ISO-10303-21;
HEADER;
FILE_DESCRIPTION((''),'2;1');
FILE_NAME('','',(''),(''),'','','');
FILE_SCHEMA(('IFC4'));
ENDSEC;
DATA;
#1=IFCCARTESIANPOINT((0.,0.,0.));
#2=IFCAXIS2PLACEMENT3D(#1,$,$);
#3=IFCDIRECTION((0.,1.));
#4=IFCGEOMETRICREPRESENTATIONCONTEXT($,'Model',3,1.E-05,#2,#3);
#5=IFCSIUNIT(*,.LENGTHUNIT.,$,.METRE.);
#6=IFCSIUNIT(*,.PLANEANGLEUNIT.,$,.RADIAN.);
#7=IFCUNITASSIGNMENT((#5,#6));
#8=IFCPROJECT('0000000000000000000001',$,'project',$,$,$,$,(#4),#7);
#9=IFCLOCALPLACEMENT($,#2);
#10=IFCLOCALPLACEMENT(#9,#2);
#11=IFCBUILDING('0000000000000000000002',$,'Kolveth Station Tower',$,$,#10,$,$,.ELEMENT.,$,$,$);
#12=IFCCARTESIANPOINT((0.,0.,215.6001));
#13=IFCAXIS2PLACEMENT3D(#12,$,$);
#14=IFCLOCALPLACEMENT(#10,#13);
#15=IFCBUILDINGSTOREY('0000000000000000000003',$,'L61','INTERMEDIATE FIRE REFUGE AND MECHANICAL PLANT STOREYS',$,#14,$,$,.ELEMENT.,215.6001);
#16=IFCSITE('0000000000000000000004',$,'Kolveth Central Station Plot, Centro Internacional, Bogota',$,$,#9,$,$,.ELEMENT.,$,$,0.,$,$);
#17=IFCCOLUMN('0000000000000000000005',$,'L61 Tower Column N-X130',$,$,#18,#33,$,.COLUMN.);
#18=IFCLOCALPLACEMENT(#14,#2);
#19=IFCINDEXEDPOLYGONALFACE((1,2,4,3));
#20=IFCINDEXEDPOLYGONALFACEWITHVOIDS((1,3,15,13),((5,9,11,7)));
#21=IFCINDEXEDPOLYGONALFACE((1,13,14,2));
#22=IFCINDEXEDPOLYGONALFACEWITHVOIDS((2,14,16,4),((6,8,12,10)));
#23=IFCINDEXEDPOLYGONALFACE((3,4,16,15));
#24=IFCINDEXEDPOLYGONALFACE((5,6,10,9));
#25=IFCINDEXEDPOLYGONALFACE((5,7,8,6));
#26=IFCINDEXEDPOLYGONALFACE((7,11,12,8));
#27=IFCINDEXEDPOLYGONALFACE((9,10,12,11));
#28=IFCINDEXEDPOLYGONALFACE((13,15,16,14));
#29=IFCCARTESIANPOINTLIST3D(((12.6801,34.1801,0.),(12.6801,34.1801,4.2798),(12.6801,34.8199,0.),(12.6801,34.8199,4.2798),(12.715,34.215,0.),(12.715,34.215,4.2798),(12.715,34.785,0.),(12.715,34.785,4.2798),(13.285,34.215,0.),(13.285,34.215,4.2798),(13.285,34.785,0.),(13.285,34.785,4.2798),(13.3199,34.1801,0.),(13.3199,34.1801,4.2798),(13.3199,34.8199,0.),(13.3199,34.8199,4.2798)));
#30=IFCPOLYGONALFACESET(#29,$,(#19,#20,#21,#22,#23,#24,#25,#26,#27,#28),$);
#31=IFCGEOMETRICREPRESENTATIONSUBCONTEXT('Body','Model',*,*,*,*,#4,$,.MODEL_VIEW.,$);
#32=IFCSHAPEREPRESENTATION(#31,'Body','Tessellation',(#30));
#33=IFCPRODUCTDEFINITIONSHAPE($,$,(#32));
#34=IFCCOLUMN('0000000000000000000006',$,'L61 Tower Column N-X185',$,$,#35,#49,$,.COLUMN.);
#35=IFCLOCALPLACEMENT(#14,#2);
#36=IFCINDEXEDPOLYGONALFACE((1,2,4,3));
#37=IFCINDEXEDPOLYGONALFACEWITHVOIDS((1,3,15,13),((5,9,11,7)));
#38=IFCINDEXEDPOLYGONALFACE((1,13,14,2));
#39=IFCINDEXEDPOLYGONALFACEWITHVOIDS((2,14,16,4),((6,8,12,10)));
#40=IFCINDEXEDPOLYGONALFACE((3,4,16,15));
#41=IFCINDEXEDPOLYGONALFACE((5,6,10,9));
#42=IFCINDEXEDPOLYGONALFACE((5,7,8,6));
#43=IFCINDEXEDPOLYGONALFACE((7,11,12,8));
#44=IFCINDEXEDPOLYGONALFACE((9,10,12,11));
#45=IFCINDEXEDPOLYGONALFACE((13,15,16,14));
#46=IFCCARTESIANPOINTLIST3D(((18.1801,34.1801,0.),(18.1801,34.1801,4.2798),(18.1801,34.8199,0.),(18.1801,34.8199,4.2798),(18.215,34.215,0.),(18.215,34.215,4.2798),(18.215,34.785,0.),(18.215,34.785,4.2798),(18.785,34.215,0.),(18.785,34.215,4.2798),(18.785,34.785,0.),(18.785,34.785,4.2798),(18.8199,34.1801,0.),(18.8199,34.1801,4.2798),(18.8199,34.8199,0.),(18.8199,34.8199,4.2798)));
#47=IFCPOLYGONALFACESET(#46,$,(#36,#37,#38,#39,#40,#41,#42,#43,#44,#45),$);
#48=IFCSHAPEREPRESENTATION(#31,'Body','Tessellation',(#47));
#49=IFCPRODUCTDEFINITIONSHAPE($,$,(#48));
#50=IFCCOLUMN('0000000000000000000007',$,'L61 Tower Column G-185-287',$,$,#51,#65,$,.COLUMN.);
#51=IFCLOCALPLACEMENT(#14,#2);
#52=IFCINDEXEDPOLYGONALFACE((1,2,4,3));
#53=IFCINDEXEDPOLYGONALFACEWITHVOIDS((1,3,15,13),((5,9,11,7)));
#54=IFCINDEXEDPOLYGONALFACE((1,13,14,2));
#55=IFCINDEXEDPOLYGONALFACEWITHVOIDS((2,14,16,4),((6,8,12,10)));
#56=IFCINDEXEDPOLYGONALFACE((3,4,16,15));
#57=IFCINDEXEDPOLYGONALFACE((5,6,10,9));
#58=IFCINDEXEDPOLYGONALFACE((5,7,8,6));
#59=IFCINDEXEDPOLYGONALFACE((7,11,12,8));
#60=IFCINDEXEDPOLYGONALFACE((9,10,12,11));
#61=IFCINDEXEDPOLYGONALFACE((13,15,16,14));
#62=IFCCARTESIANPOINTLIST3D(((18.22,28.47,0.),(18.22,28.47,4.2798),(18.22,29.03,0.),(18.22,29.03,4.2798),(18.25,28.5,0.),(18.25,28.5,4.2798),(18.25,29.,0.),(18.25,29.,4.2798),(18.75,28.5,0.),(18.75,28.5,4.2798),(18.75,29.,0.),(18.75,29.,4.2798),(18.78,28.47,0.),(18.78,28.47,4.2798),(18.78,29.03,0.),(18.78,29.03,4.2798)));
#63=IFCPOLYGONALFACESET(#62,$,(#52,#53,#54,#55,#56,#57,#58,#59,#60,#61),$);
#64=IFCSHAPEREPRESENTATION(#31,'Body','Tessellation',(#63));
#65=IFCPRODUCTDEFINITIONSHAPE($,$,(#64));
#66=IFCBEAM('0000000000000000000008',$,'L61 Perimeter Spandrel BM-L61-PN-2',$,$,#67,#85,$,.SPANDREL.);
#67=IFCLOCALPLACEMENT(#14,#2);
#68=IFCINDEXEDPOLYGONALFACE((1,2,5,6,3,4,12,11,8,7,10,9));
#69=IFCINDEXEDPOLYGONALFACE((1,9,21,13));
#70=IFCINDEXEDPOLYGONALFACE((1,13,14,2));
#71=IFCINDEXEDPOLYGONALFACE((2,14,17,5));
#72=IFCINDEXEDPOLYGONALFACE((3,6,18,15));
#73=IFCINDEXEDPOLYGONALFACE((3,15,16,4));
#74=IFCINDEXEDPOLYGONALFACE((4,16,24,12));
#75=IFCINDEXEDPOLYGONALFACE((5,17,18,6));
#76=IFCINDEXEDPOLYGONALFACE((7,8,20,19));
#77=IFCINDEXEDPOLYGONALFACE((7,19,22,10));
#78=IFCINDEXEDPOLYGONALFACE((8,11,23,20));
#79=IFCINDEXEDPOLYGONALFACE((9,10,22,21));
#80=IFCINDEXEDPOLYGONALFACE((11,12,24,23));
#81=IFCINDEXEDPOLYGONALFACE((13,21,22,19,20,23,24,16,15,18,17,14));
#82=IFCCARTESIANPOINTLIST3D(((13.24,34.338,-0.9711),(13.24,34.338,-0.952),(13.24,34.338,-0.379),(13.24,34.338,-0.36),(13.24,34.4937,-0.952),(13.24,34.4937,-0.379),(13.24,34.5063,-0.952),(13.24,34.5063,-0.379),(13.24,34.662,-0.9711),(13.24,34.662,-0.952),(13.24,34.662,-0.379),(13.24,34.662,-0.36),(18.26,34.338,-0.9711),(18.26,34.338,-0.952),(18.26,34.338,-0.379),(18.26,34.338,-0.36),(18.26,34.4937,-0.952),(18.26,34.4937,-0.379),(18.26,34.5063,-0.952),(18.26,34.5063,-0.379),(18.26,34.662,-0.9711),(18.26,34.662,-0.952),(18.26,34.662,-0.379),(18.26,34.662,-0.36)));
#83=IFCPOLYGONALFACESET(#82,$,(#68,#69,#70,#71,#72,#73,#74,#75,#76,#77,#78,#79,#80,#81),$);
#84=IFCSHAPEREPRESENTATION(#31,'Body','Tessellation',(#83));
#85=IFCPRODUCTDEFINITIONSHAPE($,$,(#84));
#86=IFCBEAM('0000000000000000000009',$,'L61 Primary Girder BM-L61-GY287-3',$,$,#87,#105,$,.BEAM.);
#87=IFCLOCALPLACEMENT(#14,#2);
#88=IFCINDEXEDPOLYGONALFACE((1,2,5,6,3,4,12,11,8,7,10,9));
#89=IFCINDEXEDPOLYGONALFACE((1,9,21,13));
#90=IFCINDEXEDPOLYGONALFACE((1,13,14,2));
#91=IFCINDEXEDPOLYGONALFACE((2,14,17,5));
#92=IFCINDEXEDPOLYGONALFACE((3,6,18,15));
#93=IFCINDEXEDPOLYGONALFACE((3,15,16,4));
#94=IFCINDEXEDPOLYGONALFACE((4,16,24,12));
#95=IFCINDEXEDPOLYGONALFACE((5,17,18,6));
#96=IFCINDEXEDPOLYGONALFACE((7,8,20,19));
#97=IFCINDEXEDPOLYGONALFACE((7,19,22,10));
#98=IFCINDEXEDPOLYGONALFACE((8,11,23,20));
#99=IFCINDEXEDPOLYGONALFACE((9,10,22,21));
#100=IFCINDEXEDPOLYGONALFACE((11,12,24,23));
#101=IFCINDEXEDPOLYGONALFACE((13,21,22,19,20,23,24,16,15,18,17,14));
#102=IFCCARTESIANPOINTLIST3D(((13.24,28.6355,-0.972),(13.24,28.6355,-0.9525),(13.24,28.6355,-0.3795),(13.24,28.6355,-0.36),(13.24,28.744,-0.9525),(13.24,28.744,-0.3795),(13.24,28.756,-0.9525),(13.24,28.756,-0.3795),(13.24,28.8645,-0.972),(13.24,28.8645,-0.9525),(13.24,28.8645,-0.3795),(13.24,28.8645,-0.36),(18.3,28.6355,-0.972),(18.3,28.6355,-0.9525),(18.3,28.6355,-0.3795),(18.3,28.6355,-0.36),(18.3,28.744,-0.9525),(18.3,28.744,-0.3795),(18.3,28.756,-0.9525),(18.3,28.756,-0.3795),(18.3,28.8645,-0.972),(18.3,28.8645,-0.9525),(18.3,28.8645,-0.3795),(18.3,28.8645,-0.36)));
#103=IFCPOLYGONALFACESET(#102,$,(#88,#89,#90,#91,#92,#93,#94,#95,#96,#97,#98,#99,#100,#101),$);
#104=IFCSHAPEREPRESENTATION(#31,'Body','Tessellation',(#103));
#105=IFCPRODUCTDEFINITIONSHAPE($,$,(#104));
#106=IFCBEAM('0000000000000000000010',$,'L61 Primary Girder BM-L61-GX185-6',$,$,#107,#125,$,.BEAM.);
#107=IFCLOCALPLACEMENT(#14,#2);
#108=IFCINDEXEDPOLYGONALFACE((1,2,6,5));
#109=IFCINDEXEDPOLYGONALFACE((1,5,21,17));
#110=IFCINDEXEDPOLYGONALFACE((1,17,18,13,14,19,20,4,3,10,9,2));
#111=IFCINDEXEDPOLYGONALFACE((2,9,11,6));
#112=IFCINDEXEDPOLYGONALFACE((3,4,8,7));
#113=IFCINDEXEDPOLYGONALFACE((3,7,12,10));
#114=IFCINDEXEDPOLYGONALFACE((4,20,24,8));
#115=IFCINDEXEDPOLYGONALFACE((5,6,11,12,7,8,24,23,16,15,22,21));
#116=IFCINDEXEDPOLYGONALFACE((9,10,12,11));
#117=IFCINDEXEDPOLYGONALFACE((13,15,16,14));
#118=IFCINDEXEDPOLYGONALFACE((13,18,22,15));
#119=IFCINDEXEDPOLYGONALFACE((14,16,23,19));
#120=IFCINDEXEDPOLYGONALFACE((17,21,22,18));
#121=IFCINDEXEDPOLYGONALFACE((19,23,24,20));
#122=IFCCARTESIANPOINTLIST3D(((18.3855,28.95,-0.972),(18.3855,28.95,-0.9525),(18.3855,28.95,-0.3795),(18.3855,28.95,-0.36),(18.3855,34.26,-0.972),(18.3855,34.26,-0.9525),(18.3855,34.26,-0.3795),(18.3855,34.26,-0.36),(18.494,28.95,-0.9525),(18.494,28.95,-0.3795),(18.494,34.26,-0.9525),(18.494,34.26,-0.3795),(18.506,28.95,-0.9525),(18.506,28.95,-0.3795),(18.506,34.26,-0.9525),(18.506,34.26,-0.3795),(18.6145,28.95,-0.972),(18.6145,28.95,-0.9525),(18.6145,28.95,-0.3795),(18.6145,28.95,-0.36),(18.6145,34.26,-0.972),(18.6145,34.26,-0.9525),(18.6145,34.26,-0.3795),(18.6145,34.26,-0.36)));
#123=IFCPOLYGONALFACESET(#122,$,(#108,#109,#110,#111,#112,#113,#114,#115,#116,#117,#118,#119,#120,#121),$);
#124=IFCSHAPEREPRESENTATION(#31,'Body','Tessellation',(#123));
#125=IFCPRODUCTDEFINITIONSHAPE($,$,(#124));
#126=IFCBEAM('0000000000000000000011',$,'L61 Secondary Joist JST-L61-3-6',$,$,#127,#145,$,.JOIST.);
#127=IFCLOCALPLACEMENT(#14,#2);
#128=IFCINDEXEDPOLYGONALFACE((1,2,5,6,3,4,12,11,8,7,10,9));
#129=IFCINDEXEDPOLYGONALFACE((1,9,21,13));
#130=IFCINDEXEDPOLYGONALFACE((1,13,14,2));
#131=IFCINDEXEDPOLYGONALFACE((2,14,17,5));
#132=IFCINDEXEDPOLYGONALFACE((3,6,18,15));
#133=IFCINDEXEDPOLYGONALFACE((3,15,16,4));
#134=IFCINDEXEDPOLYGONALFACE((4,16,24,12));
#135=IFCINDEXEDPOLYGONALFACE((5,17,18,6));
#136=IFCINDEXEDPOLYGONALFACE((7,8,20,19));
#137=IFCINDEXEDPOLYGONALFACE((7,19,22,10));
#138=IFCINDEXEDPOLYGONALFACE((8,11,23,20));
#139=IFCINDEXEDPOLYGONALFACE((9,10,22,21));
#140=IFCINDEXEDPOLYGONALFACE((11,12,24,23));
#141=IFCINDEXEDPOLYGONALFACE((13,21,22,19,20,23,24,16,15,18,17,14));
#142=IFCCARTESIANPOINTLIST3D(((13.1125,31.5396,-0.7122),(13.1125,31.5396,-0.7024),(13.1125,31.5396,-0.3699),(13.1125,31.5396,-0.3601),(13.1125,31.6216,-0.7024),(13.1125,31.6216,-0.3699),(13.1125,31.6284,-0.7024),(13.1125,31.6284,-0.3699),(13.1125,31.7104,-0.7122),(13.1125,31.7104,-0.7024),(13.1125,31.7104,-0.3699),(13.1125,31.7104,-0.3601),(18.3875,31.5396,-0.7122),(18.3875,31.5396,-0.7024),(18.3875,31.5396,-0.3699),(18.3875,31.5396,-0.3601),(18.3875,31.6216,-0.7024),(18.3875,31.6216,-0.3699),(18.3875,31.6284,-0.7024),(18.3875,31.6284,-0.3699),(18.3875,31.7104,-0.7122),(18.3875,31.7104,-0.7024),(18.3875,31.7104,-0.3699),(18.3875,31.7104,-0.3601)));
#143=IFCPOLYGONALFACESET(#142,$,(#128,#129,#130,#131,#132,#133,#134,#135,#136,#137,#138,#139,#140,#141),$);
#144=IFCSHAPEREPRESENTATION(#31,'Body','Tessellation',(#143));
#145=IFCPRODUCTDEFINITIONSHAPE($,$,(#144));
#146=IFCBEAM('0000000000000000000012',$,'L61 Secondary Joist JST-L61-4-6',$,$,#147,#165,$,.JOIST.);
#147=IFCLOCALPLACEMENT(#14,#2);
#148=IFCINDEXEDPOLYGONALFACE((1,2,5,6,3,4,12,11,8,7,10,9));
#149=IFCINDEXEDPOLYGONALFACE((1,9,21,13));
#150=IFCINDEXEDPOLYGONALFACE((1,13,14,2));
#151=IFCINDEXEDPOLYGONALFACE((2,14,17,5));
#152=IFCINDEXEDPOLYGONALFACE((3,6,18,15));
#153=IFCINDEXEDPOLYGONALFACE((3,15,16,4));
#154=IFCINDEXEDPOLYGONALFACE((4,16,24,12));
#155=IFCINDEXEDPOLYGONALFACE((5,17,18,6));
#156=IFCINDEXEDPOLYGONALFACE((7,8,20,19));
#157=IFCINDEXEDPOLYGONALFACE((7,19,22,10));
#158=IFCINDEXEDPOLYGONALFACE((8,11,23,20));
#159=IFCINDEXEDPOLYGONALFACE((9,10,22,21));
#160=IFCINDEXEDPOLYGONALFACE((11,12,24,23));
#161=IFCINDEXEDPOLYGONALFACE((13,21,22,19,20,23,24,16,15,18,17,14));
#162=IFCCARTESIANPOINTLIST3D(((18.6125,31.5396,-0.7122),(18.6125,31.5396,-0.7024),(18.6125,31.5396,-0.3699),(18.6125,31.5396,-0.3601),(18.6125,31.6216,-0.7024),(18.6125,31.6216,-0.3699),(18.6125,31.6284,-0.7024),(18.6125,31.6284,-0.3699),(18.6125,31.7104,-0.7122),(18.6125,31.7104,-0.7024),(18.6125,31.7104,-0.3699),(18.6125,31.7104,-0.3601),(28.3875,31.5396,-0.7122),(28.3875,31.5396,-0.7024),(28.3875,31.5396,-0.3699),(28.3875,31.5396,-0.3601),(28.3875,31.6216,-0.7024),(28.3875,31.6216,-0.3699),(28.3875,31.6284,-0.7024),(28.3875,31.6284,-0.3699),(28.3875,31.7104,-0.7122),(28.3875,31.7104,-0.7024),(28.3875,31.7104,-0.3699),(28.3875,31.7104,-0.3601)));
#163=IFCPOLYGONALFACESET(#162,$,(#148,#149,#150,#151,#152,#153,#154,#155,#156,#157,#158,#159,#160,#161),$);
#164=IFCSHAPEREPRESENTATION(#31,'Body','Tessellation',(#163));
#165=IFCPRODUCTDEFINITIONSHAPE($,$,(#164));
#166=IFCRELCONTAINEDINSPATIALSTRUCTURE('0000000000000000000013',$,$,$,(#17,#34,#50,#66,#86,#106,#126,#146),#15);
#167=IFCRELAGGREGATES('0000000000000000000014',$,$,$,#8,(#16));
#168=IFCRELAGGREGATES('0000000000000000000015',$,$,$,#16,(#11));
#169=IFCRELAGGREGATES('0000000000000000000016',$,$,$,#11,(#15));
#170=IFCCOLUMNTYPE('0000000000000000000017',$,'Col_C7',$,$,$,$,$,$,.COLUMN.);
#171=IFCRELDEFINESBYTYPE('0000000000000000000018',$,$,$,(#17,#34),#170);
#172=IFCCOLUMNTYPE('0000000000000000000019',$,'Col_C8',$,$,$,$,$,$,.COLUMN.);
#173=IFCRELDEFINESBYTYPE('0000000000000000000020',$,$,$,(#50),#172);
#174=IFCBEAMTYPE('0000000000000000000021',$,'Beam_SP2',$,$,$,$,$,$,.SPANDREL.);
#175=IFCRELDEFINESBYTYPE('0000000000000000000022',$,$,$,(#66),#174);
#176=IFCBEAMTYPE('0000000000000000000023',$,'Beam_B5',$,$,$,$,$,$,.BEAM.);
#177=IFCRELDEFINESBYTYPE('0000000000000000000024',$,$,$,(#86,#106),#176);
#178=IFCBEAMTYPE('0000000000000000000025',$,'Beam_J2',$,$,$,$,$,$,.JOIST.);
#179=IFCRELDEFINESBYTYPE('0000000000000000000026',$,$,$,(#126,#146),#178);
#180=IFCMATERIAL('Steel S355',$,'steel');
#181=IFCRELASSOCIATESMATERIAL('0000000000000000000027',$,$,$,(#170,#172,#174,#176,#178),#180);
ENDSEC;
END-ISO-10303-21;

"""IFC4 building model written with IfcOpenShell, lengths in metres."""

from ifc_helpers import new_model, si_unit, direction, frame, origin, origin_2d, place, context, subcontext, project, spatial, hollow_rectangle, i_section, extrude, source, transform, mapped, material, material_profile, profile_set, type_object, element, save


model = new_model("IFC4")

# Units and contexts
model_context = context("Model", 3, precision=1e-05, world=origin(), true_north=direction((0.0, 1.0)))
body_context = subcontext(model_context, "Body", "Model", "MODEL_VIEW")
ifc_project = project(units=[si_unit("LENGTHUNIT", "METRE"), si_unit("PLANEANGLEUNIT", "RADIAN")], contexts=[model_context])

# Site, building, storey
site_placement = place(None, origin())
site = spatial("IfcSite", under=ifc_project, at=site_placement, Name="Kolveth Central Station Plot, Centro Internacional, Bogota", CompositionType="ELEMENT", RefElevation=0.0)
building_placement = place(site_placement, origin())
building = spatial("IfcBuilding", under=site, at=building_placement, Name="Kolveth Station Tower", CompositionType="ELEMENT")
storey_placement = place(building_placement, frame((0.0, 0.0, 215.6001)))
storey = spatial("IfcBuildingStorey", under=building, at=storey_placement, Name="L61", Description="INTERMEDIATE FIRE REFUGE AND MECHANICAL PLANT STOREYS", CompositionType="ELEMENT", Elevation=215.6001)

# Columns
ifc_material_1 = material(Name="Steel S355", Category="steel")
ifc_material_profile_1 = material_profile(ifc_material_1, hollow_rectangle(XDim=0.6399, YDim=0.6399, WallThickness=0.0349, at=origin_2d()), Name="BOX640x640x35")
ifc_profile_set_1 = profile_set([ifc_material_profile_1], Name="Steel S355")
column_type_1 = type_object("IfcColumnType", Name="Col_C7", PredefinedType="COLUMN", material=ifc_profile_set_1)
shared_shape_1 = source(origin(), body_context, "Body", "SweptSolid", [
    extrude(hollow_rectangle(XDim=0.6399, YDim=0.6399, WallThickness=0.0349, at=origin_2d()), origin(), (0.0, 0.0, 1.0), 4.2798),
])
for number, where, z_axis, x_axis, name in (
    (1, (13.0, 34.5, 0.0), (0.0, 0.0, 1.0), (1.0, 0.0, 0.0), "L61 Tower Column N-X130"),
    (2, (18.5, 34.5, 0.0), (0.0, 0.0, 1.0), (1.0, 0.0, 0.0), "L61 Tower Column N-X185"),
):
    element("IfcColumn", number, at=place(storey_placement, frame(where, z_axis=z_axis, x_axis=x_axis)), inside=storey, type_object=column_type_1, Name=name, PredefinedType="COLUMN", context=body_context, shape_type="MappedRepresentation", body=[
        mapped(shared_shape_1, transform((0.0, 0.0, 0.0), x_axis=(1.0, 0.0, 0.0), y_axis=(0.0, 1.0, 0.0), z_axis=(0.0, 0.0, 1.0), scale=1.0)),
    ])
ifc_material_profile_2 = material_profile(ifc_material_1, hollow_rectangle(XDim=0.5601, YDim=0.5601, WallThickness=0.03, at=origin_2d()), Name="BOX560x560x30")
ifc_profile_set_2 = profile_set([ifc_material_profile_2], Name="Steel S355")
column_type_2 = type_object("IfcColumnType", Name="Col_C8", PredefinedType="COLUMN", material=ifc_profile_set_2)
shared_shape_2 = source(origin(), body_context, "Body", "SweptSolid", [
    extrude(hollow_rectangle(XDim=0.5601, YDim=0.5601, WallThickness=0.03, at=origin_2d()), origin(), (0.0, 0.0, 1.0), 4.2798),
])
column_placement = place(storey_placement, frame((18.5, 28.75, 0.0), z_axis=(0.0, 0.0, 1.0), x_axis=(1.0, 0.0, 0.0)))
element("IfcColumn", 3, at=column_placement, inside=storey, type_object=column_type_2, Name="L61 Tower Column G-185-287", PredefinedType="COLUMN", context=body_context, shape_type="MappedRepresentation", body=[
    mapped(shared_shape_2, transform((0.0, 0.0, 0.0), x_axis=(1.0, 0.0, 0.0), y_axis=(0.0, 1.0, 0.0), z_axis=(0.0, 0.0, 1.0), scale=1.0)),
])

# Beams
ifc_material_profile_3 = material_profile(ifc_material_1, i_section(OverallWidth=0.324, OverallDepth=0.6111, WebThickness=0.0127, FlangeThickness=0.019, at=origin_2d()), Name="W610x155")
ifc_profile_set_3 = profile_set([ifc_material_profile_3], Name="Steel S355")
beam_type_1 = type_object("IfcBeamType", Name="Beam_SP2", PredefinedType="SPANDREL", material=ifc_profile_set_3)
shared_shape_3 = source(origin(), body_context, "Body", "SweptSolid", [
    extrude(i_section(OverallWidth=0.324, OverallDepth=0.6111, WebThickness=0.0127, FlangeThickness=0.019, at=origin_2d()), origin(), (0.0, 0.0, 1.0), 5.02),
])
beam_1_placement = place(storey_placement, frame((13.24, 34.5, -0.6655), z_axis=(1.0, 0.0, 0.0), x_axis=(0.0, 1.0, 0.0)))
element("IfcBeam", 4, at=beam_1_placement, inside=storey, type_object=beam_type_1, Name="L61 Perimeter Spandrel BM-L61-PN-2", PredefinedType="SPANDREL", context=body_context, shape_type="MappedRepresentation", body=[
    mapped(shared_shape_3, transform((0.0, 0.0, 0.0), x_axis=(1.0, 0.0, 0.0), y_axis=(0.0, 1.0, 0.0), z_axis=(0.0, 0.0, 1.0), scale=1.0)),
])
ifc_material_profile_4 = material_profile(ifc_material_1, i_section(OverallWidth=0.229, OverallDepth=0.6121, WebThickness=0.012, FlangeThickness=0.0195, at=origin_2d()), Name="W610x125")
ifc_profile_set_4 = profile_set([ifc_material_profile_4], Name="Steel S355")
beam_type_2 = type_object("IfcBeamType", Name="Beam_B5", PredefinedType="BEAM", material=ifc_profile_set_4)
shared_shape_4 = source(origin(), body_context, "Body", "SweptSolid", [
    extrude(i_section(OverallWidth=0.229, OverallDepth=0.6121, WebThickness=0.012, FlangeThickness=0.0195, at=origin_2d()), origin(), (0.0, 0.0, 1.0), 5.0601),
])
beam_2_placement = place(storey_placement, frame((13.24, 28.75, -0.666), z_axis=(1.0, 0.0, 0.0), x_axis=(0.0, 1.0, 0.0)))
element("IfcBeam", 5, at=beam_2_placement, inside=storey, type_object=beam_type_2, Name="L61 Primary Girder BM-L61-GY287-3", PredefinedType="BEAM", context=body_context, shape_type="MappedRepresentation", body=[
    mapped(shared_shape_4, transform((0.0, 0.0, 0.0), x_axis=(1.0, 0.0, 0.0), y_axis=(0.0, 1.0, 0.0), z_axis=(0.0, 0.0, 1.0), scale=1.0)),
])
shared_shape_5 = source(origin(), body_context, "Body", "SweptSolid", [
    extrude(i_section(OverallWidth=0.229, OverallDepth=0.6121, WebThickness=0.012, FlangeThickness=0.0195, at=origin_2d()), origin(), (0.0, 0.0, 1.0), 5.3101),
])
beam_3_placement = place(storey_placement, frame((18.5, 28.95, -0.666), z_axis=(0.0, 1.0, 0.0), x_axis=(-1.0, 0.0, 0.0)))
element("IfcBeam", 6, at=beam_3_placement, inside=storey, type_object=beam_type_2, Name="L61 Primary Girder BM-L61-GX185-6", PredefinedType="BEAM", context=body_context, shape_type="MappedRepresentation", body=[
    mapped(shared_shape_5, transform((0.0, 0.0, 0.0), x_axis=(1.0, 0.0, 0.0), y_axis=(0.0, 1.0, 0.0), z_axis=(0.0, 0.0, 1.0), scale=1.0)),
])
ifc_material_profile_5 = material_profile(ifc_material_1, i_section(OverallWidth=0.1709, OverallDepth=0.3521, WebThickness=0.0068, FlangeThickness=0.0098, at=origin_2d()), Name="W360x44")
ifc_profile_set_5 = profile_set([ifc_material_profile_5], Name="Steel S355")
beam_type_3 = type_object("IfcBeamType", Name="Beam_J2", PredefinedType="JOIST", material=ifc_profile_set_5)
shared_shape_6 = source(origin(), body_context, "Body", "SweptSolid", [
    extrude(i_section(OverallWidth=0.1709, OverallDepth=0.3521, WebThickness=0.0068, FlangeThickness=0.0098, at=origin_2d()), origin(), (0.0, 0.0, 1.0), 5.2749),
])
beam_4_placement = place(storey_placement, frame((13.1125, 31.625, -0.5361), z_axis=(1.0, 0.0, 0.0), x_axis=(0.0, 1.0, 0.0)))
element("IfcBeam", 7, at=beam_4_placement, inside=storey, type_object=beam_type_3, Name="L61 Secondary Joist JST-L61-3-6", PredefinedType="JOIST", context=body_context, shape_type="MappedRepresentation", body=[
    mapped(shared_shape_6, transform((0.0, 0.0, 0.0), x_axis=(1.0, 0.0, 0.0), y_axis=(0.0, 1.0, 0.0), z_axis=(0.0, 0.0, 1.0), scale=1.0)),
])
shared_shape_7 = source(origin(), body_context, "Body", "SweptSolid", [
    extrude(i_section(OverallWidth=0.1709, OverallDepth=0.3521, WebThickness=0.0068, FlangeThickness=0.0098, at=origin_2d()), origin(), (0.0, 0.0, 1.0), 9.7749),
])
beam_5_placement = place(storey_placement, frame((18.6125, 31.625, -0.5361), z_axis=(1.0, 0.0, 0.0), x_axis=(0.0, 1.0, 0.0)))
element("IfcBeam", 8, at=beam_5_placement, inside=storey, type_object=beam_type_3, Name="L61 Secondary Joist JST-L61-4-6", PredefinedType="JOIST", context=body_context, shape_type="MappedRepresentation", body=[
    mapped(shared_shape_7, transform((0.0, 0.0, 0.0), x_axis=(1.0, 0.0, 0.0), y_axis=(0.0, 1.0, 0.0), z_axis=(0.0, 0.0, 1.0), scale=1.0)),
])

save(model, "model.ifc")
